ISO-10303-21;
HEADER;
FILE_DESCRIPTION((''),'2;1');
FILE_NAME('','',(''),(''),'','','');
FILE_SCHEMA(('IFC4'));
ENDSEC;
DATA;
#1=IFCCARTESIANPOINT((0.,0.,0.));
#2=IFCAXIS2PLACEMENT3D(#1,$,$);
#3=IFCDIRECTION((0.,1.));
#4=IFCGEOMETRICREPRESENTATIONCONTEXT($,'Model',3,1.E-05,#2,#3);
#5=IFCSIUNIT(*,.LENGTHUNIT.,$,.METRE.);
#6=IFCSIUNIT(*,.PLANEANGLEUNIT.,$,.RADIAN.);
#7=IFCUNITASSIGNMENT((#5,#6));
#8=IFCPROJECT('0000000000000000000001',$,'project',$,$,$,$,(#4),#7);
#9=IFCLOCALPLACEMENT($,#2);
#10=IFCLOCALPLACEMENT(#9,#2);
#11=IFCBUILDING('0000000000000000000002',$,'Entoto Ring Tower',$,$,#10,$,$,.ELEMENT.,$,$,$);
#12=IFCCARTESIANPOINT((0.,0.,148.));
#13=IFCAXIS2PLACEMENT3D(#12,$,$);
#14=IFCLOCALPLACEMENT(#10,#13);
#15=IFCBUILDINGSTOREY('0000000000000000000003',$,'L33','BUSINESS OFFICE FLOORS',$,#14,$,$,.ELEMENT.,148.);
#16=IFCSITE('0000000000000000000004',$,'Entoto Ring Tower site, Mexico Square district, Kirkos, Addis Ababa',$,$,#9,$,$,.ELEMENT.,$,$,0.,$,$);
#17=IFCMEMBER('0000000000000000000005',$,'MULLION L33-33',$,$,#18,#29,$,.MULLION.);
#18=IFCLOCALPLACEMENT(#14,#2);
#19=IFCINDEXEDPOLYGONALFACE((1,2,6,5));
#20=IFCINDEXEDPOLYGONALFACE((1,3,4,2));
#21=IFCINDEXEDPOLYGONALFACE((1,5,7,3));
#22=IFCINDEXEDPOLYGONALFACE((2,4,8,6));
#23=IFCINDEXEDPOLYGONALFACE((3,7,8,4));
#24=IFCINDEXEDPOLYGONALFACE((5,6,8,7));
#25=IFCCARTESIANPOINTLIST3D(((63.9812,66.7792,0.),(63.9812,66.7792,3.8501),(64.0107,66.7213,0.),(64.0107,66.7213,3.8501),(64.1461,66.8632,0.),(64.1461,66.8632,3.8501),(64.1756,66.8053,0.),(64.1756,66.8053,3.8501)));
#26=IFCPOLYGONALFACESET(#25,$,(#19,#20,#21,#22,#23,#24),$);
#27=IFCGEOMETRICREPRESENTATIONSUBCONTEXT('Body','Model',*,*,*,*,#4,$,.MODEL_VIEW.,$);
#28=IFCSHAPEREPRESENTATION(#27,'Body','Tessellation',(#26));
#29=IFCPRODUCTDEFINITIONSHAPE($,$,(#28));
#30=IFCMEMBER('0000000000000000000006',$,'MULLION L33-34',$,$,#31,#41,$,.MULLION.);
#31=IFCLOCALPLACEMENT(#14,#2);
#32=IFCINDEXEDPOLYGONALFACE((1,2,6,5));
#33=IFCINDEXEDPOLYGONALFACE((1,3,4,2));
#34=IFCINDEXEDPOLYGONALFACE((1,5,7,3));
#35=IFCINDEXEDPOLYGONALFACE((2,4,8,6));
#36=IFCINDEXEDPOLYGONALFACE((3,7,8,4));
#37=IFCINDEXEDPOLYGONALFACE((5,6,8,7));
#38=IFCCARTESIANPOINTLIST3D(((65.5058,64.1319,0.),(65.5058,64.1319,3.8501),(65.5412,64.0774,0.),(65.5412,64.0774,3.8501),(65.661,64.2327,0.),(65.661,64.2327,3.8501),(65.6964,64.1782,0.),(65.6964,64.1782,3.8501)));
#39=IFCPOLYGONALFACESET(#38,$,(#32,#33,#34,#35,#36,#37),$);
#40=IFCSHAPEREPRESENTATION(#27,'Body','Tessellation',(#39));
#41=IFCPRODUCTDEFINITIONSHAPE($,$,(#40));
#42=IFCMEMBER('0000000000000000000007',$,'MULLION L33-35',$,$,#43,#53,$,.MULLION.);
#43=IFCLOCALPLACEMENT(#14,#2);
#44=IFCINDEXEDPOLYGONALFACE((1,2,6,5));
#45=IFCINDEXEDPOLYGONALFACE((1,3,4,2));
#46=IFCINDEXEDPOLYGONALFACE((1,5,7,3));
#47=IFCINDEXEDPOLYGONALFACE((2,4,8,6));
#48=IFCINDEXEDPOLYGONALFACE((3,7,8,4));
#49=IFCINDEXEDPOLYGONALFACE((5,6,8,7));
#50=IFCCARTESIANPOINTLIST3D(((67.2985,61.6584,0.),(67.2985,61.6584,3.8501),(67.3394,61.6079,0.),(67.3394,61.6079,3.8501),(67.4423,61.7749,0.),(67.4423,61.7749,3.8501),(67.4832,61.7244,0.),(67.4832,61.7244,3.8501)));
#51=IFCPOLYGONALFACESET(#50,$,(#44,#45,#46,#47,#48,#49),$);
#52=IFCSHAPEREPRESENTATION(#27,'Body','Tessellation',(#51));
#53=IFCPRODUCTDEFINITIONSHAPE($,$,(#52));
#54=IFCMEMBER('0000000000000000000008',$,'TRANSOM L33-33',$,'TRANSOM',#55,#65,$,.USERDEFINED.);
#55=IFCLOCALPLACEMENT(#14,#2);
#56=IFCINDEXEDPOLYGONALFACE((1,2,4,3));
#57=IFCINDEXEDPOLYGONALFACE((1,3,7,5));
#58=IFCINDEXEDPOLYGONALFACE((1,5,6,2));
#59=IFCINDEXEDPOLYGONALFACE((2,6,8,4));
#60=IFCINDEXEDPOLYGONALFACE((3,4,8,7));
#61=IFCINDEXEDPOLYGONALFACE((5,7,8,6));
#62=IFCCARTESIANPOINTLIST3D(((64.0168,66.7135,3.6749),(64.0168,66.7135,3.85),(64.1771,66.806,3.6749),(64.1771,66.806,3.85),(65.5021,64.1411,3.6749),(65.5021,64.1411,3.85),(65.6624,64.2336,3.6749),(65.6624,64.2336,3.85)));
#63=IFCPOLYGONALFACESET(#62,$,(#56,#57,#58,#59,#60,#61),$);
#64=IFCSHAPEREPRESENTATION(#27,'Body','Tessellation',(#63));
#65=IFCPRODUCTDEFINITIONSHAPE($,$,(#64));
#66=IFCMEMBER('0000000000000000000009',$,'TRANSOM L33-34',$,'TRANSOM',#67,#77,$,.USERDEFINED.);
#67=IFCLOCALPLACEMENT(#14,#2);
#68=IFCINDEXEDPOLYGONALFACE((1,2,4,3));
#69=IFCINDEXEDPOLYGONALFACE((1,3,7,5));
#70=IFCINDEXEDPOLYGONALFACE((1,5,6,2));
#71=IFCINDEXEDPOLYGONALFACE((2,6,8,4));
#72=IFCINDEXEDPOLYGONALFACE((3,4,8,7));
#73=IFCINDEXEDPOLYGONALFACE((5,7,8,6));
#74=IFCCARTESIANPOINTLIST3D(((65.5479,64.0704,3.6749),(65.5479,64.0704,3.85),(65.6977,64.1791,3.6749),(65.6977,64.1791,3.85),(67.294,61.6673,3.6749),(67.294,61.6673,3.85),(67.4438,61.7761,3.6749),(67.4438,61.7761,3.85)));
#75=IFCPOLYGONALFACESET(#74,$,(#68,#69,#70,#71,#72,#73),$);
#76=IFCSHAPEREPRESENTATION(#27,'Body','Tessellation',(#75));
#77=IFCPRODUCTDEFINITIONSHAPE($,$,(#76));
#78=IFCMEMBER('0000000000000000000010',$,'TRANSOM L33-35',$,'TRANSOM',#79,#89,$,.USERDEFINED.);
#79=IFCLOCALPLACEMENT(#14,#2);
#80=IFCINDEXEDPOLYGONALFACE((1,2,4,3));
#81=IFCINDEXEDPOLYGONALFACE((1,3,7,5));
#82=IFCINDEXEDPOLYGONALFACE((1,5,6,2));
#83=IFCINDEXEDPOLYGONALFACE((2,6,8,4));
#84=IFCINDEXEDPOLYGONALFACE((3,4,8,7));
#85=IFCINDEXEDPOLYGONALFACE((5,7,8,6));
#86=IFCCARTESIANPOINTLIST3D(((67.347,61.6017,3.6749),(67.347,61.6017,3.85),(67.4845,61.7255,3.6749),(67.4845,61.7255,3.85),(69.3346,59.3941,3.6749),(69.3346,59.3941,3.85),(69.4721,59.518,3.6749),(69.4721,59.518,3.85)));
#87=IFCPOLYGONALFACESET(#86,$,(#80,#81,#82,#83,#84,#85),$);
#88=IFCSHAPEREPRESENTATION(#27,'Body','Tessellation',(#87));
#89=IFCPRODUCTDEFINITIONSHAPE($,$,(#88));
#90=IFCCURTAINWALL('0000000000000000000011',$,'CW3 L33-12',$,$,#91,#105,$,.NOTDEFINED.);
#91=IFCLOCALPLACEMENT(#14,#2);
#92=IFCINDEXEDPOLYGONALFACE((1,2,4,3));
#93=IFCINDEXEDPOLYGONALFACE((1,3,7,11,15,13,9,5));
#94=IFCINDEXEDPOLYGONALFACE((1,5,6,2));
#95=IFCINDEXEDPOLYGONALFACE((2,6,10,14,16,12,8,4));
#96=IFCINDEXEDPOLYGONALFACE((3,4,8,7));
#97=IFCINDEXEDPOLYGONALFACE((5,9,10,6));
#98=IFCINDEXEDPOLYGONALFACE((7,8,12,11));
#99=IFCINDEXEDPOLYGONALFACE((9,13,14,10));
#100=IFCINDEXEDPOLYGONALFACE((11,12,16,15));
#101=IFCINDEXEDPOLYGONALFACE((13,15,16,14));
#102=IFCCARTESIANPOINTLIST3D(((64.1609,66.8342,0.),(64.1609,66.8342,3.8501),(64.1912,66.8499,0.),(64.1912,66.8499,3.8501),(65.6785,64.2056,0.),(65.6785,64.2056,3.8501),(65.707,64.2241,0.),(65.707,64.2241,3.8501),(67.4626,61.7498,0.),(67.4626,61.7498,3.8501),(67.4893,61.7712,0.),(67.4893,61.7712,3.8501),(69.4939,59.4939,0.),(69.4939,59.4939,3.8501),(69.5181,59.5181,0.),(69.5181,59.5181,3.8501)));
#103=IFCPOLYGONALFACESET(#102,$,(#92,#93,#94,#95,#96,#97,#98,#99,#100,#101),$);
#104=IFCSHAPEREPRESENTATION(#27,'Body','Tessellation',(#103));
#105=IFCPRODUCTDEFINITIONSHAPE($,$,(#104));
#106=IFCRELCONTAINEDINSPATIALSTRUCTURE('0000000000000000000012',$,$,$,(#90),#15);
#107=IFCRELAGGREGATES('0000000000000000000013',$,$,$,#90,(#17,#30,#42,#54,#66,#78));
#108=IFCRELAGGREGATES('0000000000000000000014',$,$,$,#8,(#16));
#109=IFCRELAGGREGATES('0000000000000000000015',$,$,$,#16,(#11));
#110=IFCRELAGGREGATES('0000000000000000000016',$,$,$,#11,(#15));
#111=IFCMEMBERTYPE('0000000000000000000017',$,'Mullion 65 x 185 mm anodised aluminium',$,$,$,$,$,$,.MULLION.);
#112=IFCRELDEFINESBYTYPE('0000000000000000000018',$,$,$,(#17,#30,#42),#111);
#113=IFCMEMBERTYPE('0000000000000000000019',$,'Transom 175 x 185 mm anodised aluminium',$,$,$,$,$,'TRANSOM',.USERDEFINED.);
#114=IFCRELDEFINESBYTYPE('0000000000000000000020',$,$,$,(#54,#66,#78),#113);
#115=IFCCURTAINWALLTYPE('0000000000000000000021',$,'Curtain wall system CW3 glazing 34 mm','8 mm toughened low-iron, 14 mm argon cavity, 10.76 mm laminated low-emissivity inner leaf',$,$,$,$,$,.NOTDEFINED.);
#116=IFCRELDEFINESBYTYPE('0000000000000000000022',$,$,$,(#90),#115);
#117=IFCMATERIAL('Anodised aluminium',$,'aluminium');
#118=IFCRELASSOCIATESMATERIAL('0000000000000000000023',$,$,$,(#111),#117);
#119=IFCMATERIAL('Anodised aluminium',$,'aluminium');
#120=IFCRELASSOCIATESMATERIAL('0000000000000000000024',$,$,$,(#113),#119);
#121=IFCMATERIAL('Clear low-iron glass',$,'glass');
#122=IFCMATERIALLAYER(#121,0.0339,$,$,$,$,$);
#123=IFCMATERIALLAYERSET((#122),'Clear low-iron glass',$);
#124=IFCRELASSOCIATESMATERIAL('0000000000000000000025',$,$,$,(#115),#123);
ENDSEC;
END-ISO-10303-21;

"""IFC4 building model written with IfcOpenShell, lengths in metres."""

from ifc_helpers import new_model, si_unit, direction, frame, origin, origin_2d, place, context, subcontext, project, spatial, polyline, rectangle, outline, extrude, material, layer, layer_set, material_profile, profile_set, type_object, element, aggregate, save


model = new_model("IFC4")

# Units and contexts
model_context = context("Model", 3, precision=1e-05, world=origin(), true_north=direction((0.0, 1.0)))
body_context = subcontext(model_context, "Body", "Model", "MODEL_VIEW")
ifc_project = project(units=[si_unit("LENGTHUNIT", "METRE"), si_unit("PLANEANGLEUNIT", "RADIAN")], contexts=[model_context])

# Members
ifc_material_1 = material(Name="Anodised aluminium", Category="aluminium")
ifc_material_profile_1 = material_profile(ifc_material_1, rectangle(XDim=0.0649, YDim=0.1851, at=origin_2d()), Name="Mullion 65 x 185 mm anodised aluminium")
ifc_profile_set_1 = profile_set([ifc_material_profile_1], Name="Anodised aluminium")
member_type_1 = type_object("IfcMemberType", Name="Mullion 65 x 185 mm anodised aluminium", PredefinedType="MULLION", material=ifc_profile_set_1)
site_placement = place(None, origin())
building_placement = place(site_placement, origin())
storey_placement = place(building_placement, frame((0.0, 0.0, 148.0)))
member_1_placement = place(storey_placement, frame((64.0784, 66.7922, 0.0), z_axis=(0.0, 0.0, 1.0), x_axis=(0.45399, -0.891007, 0.0)))
member_1 = element("IfcMember", 1, at=member_1_placement, type_object=member_type_1, Name="MULLION L33-33", PredefinedType="MULLION", context=body_context, shape_type="SweptSolid", body=[
    extrude(rectangle(XDim=0.0649, YDim=0.1851, at=origin_2d()), origin(), (0.0, 0.0, 1.0), 3.8501),
])
member_2_placement = place(storey_placement, frame((65.6011, 64.155, 0.0), z_axis=(0.0, 0.0, 1.0), x_axis=(0.544639, -0.838671, 0.0)))
member_2 = element("IfcMember", 2, at=member_2_placement, type_object=member_type_1, Name="MULLION L33-34", PredefinedType="MULLION", context=body_context, shape_type="SweptSolid", body=[
    extrude(rectangle(XDim=0.0649, YDim=0.1851, at=origin_2d()), origin(), (0.0, 0.0, 1.0), 3.8501),
])
member_3_placement = place(storey_placement, frame((67.3909, 61.6914, 0.0), z_axis=(0.0, 0.0, 1.0), x_axis=(0.62932, -0.777146, 0.0)))
member_3 = element("IfcMember", 3, at=member_3_placement, type_object=member_type_1, Name="MULLION L33-35", PredefinedType="MULLION", context=body_context, shape_type="SweptSolid", body=[
    extrude(rectangle(XDim=0.0649, YDim=0.1851, at=origin_2d()), origin(), (0.0, 0.0, 1.0), 3.8501),
])
ifc_material_2 = material(Name="Anodised aluminium", Category="aluminium")
ifc_material_profile_2 = material_profile(ifc_material_2, rectangle(XDim=0.1851, YDim=0.175, at=origin_2d()), Name="Transom 175 x 185 mm anodised aluminium")
ifc_profile_set_2 = profile_set([ifc_material_profile_2], Name="Anodised aluminium")
member_type_2 = type_object("IfcMemberType", Name="Transom 175 x 185 mm anodised aluminium", ElementType="TRANSOM", PredefinedType="USERDEFINED", material=ifc_profile_set_2)
member_4_placement = place(storey_placement, frame((64.0969, 66.7598, 3.7625), z_axis=(0.500028, -0.866009, 0.0), x_axis=(0.866009, 0.500028, 0.0)))
member_4 = element("IfcMember", 4, at=member_4_placement, type_object=member_type_2, Name="TRANSOM L33-33", ObjectType="TRANSOM", PredefinedType="USERDEFINED", context=body_context, shape_type="SweptSolid", body=[
    extrude(rectangle(XDim=0.1851, YDim=0.175, at=origin_2d()), origin(), (0.0, 0.0, 1.0), 2.9705),
])
member_5_placement = place(storey_placement, frame((65.6228, 64.1248, 3.7625), z_axis=(0.58782, -0.808992, 0.0), x_axis=(0.808992, 0.58782, 0.0)))
member_5 = element("IfcMember", 5, at=member_5_placement, type_object=member_type_2, Name="TRANSOM L33-34", ObjectType="TRANSOM", PredefinedType="USERDEFINED", context=body_context, shape_type="SweptSolid", body=[
    extrude(rectangle(XDim=0.1851, YDim=0.175, at=origin_2d()), origin(), (0.0, 0.0, 1.0), 2.9705),
])
member_6_placement = place(storey_placement, frame((67.4158, 61.6636, 3.7625), z_axis=(0.66911, -0.743163, 0.0), x_axis=(0.743163, 0.66911, 0.0)))
member_6 = element("IfcMember", 6, at=member_6_placement, type_object=member_type_2, Name="TRANSOM L33-35", ObjectType="TRANSOM", PredefinedType="USERDEFINED", context=body_context, shape_type="SweptSolid", body=[
    extrude(rectangle(XDim=0.1851, YDim=0.175, at=origin_2d()), origin(), (0.0, 0.0, 1.0), 2.9705),
])

# Site, building, storey
site = spatial("IfcSite", under=ifc_project, at=site_placement, Name="Entoto Ring Tower site, Mexico Square district, Kirkos, Addis Ababa", CompositionType="ELEMENT", RefElevation=0.0)
building = spatial("IfcBuilding", under=site, at=building_placement, Name="Entoto Ring Tower", CompositionType="ELEMENT")
storey = spatial("IfcBuildingStorey", under=building, at=storey_placement, Name="L33", Description="BUSINESS OFFICE FLOORS", CompositionType="ELEMENT", Elevation=148.0)

# Curtain wall
ifc_material_3 = material(Name="Clear low-iron glass", Category="glass")
ifc_layer = layer(ifc_material_3, 0.0339)
ifc_layer_set = layer_set([ifc_layer], Name="Clear low-iron glass")
curtain_wall_type = type_object("IfcCurtainWallType", Name="Curtain wall system CW3 glazing 34 mm", Description="8 mm toughened low-iron, 14 mm argon cavity, 10.76 mm laminated low-emissivity inner leaf", PredefinedType="NOTDEFINED", material=ifc_layer_set)
curtain_wall_1_placement = place(storey_placement, origin())
curtain_wall_1 = element("IfcCurtainWall", 7, at=curtain_wall_1_placement, inside=storey, type_object=curtain_wall_type, Name="CW3 L33-12", PredefinedType="NOTDEFINED", context=body_context, shape_type="SweptSolid", body=[
    extrude(outline(polyline([(64.1609, 66.8342), (65.6785, 64.2056), (67.4626, 61.7498), (69.4939, 59.4939), (69.5181, 59.5181), (67.4893, 61.7712), (65.707, 64.2241), (64.1912, 66.8499), (64.1609, 66.8342)])), origin(), (0.0, 0.0, 1.0), 3.8501),
])
aggregate(curtain_wall_1, [member_1, member_2, member_3, member_4, member_5, member_6])

save(model, "model.ifc")
